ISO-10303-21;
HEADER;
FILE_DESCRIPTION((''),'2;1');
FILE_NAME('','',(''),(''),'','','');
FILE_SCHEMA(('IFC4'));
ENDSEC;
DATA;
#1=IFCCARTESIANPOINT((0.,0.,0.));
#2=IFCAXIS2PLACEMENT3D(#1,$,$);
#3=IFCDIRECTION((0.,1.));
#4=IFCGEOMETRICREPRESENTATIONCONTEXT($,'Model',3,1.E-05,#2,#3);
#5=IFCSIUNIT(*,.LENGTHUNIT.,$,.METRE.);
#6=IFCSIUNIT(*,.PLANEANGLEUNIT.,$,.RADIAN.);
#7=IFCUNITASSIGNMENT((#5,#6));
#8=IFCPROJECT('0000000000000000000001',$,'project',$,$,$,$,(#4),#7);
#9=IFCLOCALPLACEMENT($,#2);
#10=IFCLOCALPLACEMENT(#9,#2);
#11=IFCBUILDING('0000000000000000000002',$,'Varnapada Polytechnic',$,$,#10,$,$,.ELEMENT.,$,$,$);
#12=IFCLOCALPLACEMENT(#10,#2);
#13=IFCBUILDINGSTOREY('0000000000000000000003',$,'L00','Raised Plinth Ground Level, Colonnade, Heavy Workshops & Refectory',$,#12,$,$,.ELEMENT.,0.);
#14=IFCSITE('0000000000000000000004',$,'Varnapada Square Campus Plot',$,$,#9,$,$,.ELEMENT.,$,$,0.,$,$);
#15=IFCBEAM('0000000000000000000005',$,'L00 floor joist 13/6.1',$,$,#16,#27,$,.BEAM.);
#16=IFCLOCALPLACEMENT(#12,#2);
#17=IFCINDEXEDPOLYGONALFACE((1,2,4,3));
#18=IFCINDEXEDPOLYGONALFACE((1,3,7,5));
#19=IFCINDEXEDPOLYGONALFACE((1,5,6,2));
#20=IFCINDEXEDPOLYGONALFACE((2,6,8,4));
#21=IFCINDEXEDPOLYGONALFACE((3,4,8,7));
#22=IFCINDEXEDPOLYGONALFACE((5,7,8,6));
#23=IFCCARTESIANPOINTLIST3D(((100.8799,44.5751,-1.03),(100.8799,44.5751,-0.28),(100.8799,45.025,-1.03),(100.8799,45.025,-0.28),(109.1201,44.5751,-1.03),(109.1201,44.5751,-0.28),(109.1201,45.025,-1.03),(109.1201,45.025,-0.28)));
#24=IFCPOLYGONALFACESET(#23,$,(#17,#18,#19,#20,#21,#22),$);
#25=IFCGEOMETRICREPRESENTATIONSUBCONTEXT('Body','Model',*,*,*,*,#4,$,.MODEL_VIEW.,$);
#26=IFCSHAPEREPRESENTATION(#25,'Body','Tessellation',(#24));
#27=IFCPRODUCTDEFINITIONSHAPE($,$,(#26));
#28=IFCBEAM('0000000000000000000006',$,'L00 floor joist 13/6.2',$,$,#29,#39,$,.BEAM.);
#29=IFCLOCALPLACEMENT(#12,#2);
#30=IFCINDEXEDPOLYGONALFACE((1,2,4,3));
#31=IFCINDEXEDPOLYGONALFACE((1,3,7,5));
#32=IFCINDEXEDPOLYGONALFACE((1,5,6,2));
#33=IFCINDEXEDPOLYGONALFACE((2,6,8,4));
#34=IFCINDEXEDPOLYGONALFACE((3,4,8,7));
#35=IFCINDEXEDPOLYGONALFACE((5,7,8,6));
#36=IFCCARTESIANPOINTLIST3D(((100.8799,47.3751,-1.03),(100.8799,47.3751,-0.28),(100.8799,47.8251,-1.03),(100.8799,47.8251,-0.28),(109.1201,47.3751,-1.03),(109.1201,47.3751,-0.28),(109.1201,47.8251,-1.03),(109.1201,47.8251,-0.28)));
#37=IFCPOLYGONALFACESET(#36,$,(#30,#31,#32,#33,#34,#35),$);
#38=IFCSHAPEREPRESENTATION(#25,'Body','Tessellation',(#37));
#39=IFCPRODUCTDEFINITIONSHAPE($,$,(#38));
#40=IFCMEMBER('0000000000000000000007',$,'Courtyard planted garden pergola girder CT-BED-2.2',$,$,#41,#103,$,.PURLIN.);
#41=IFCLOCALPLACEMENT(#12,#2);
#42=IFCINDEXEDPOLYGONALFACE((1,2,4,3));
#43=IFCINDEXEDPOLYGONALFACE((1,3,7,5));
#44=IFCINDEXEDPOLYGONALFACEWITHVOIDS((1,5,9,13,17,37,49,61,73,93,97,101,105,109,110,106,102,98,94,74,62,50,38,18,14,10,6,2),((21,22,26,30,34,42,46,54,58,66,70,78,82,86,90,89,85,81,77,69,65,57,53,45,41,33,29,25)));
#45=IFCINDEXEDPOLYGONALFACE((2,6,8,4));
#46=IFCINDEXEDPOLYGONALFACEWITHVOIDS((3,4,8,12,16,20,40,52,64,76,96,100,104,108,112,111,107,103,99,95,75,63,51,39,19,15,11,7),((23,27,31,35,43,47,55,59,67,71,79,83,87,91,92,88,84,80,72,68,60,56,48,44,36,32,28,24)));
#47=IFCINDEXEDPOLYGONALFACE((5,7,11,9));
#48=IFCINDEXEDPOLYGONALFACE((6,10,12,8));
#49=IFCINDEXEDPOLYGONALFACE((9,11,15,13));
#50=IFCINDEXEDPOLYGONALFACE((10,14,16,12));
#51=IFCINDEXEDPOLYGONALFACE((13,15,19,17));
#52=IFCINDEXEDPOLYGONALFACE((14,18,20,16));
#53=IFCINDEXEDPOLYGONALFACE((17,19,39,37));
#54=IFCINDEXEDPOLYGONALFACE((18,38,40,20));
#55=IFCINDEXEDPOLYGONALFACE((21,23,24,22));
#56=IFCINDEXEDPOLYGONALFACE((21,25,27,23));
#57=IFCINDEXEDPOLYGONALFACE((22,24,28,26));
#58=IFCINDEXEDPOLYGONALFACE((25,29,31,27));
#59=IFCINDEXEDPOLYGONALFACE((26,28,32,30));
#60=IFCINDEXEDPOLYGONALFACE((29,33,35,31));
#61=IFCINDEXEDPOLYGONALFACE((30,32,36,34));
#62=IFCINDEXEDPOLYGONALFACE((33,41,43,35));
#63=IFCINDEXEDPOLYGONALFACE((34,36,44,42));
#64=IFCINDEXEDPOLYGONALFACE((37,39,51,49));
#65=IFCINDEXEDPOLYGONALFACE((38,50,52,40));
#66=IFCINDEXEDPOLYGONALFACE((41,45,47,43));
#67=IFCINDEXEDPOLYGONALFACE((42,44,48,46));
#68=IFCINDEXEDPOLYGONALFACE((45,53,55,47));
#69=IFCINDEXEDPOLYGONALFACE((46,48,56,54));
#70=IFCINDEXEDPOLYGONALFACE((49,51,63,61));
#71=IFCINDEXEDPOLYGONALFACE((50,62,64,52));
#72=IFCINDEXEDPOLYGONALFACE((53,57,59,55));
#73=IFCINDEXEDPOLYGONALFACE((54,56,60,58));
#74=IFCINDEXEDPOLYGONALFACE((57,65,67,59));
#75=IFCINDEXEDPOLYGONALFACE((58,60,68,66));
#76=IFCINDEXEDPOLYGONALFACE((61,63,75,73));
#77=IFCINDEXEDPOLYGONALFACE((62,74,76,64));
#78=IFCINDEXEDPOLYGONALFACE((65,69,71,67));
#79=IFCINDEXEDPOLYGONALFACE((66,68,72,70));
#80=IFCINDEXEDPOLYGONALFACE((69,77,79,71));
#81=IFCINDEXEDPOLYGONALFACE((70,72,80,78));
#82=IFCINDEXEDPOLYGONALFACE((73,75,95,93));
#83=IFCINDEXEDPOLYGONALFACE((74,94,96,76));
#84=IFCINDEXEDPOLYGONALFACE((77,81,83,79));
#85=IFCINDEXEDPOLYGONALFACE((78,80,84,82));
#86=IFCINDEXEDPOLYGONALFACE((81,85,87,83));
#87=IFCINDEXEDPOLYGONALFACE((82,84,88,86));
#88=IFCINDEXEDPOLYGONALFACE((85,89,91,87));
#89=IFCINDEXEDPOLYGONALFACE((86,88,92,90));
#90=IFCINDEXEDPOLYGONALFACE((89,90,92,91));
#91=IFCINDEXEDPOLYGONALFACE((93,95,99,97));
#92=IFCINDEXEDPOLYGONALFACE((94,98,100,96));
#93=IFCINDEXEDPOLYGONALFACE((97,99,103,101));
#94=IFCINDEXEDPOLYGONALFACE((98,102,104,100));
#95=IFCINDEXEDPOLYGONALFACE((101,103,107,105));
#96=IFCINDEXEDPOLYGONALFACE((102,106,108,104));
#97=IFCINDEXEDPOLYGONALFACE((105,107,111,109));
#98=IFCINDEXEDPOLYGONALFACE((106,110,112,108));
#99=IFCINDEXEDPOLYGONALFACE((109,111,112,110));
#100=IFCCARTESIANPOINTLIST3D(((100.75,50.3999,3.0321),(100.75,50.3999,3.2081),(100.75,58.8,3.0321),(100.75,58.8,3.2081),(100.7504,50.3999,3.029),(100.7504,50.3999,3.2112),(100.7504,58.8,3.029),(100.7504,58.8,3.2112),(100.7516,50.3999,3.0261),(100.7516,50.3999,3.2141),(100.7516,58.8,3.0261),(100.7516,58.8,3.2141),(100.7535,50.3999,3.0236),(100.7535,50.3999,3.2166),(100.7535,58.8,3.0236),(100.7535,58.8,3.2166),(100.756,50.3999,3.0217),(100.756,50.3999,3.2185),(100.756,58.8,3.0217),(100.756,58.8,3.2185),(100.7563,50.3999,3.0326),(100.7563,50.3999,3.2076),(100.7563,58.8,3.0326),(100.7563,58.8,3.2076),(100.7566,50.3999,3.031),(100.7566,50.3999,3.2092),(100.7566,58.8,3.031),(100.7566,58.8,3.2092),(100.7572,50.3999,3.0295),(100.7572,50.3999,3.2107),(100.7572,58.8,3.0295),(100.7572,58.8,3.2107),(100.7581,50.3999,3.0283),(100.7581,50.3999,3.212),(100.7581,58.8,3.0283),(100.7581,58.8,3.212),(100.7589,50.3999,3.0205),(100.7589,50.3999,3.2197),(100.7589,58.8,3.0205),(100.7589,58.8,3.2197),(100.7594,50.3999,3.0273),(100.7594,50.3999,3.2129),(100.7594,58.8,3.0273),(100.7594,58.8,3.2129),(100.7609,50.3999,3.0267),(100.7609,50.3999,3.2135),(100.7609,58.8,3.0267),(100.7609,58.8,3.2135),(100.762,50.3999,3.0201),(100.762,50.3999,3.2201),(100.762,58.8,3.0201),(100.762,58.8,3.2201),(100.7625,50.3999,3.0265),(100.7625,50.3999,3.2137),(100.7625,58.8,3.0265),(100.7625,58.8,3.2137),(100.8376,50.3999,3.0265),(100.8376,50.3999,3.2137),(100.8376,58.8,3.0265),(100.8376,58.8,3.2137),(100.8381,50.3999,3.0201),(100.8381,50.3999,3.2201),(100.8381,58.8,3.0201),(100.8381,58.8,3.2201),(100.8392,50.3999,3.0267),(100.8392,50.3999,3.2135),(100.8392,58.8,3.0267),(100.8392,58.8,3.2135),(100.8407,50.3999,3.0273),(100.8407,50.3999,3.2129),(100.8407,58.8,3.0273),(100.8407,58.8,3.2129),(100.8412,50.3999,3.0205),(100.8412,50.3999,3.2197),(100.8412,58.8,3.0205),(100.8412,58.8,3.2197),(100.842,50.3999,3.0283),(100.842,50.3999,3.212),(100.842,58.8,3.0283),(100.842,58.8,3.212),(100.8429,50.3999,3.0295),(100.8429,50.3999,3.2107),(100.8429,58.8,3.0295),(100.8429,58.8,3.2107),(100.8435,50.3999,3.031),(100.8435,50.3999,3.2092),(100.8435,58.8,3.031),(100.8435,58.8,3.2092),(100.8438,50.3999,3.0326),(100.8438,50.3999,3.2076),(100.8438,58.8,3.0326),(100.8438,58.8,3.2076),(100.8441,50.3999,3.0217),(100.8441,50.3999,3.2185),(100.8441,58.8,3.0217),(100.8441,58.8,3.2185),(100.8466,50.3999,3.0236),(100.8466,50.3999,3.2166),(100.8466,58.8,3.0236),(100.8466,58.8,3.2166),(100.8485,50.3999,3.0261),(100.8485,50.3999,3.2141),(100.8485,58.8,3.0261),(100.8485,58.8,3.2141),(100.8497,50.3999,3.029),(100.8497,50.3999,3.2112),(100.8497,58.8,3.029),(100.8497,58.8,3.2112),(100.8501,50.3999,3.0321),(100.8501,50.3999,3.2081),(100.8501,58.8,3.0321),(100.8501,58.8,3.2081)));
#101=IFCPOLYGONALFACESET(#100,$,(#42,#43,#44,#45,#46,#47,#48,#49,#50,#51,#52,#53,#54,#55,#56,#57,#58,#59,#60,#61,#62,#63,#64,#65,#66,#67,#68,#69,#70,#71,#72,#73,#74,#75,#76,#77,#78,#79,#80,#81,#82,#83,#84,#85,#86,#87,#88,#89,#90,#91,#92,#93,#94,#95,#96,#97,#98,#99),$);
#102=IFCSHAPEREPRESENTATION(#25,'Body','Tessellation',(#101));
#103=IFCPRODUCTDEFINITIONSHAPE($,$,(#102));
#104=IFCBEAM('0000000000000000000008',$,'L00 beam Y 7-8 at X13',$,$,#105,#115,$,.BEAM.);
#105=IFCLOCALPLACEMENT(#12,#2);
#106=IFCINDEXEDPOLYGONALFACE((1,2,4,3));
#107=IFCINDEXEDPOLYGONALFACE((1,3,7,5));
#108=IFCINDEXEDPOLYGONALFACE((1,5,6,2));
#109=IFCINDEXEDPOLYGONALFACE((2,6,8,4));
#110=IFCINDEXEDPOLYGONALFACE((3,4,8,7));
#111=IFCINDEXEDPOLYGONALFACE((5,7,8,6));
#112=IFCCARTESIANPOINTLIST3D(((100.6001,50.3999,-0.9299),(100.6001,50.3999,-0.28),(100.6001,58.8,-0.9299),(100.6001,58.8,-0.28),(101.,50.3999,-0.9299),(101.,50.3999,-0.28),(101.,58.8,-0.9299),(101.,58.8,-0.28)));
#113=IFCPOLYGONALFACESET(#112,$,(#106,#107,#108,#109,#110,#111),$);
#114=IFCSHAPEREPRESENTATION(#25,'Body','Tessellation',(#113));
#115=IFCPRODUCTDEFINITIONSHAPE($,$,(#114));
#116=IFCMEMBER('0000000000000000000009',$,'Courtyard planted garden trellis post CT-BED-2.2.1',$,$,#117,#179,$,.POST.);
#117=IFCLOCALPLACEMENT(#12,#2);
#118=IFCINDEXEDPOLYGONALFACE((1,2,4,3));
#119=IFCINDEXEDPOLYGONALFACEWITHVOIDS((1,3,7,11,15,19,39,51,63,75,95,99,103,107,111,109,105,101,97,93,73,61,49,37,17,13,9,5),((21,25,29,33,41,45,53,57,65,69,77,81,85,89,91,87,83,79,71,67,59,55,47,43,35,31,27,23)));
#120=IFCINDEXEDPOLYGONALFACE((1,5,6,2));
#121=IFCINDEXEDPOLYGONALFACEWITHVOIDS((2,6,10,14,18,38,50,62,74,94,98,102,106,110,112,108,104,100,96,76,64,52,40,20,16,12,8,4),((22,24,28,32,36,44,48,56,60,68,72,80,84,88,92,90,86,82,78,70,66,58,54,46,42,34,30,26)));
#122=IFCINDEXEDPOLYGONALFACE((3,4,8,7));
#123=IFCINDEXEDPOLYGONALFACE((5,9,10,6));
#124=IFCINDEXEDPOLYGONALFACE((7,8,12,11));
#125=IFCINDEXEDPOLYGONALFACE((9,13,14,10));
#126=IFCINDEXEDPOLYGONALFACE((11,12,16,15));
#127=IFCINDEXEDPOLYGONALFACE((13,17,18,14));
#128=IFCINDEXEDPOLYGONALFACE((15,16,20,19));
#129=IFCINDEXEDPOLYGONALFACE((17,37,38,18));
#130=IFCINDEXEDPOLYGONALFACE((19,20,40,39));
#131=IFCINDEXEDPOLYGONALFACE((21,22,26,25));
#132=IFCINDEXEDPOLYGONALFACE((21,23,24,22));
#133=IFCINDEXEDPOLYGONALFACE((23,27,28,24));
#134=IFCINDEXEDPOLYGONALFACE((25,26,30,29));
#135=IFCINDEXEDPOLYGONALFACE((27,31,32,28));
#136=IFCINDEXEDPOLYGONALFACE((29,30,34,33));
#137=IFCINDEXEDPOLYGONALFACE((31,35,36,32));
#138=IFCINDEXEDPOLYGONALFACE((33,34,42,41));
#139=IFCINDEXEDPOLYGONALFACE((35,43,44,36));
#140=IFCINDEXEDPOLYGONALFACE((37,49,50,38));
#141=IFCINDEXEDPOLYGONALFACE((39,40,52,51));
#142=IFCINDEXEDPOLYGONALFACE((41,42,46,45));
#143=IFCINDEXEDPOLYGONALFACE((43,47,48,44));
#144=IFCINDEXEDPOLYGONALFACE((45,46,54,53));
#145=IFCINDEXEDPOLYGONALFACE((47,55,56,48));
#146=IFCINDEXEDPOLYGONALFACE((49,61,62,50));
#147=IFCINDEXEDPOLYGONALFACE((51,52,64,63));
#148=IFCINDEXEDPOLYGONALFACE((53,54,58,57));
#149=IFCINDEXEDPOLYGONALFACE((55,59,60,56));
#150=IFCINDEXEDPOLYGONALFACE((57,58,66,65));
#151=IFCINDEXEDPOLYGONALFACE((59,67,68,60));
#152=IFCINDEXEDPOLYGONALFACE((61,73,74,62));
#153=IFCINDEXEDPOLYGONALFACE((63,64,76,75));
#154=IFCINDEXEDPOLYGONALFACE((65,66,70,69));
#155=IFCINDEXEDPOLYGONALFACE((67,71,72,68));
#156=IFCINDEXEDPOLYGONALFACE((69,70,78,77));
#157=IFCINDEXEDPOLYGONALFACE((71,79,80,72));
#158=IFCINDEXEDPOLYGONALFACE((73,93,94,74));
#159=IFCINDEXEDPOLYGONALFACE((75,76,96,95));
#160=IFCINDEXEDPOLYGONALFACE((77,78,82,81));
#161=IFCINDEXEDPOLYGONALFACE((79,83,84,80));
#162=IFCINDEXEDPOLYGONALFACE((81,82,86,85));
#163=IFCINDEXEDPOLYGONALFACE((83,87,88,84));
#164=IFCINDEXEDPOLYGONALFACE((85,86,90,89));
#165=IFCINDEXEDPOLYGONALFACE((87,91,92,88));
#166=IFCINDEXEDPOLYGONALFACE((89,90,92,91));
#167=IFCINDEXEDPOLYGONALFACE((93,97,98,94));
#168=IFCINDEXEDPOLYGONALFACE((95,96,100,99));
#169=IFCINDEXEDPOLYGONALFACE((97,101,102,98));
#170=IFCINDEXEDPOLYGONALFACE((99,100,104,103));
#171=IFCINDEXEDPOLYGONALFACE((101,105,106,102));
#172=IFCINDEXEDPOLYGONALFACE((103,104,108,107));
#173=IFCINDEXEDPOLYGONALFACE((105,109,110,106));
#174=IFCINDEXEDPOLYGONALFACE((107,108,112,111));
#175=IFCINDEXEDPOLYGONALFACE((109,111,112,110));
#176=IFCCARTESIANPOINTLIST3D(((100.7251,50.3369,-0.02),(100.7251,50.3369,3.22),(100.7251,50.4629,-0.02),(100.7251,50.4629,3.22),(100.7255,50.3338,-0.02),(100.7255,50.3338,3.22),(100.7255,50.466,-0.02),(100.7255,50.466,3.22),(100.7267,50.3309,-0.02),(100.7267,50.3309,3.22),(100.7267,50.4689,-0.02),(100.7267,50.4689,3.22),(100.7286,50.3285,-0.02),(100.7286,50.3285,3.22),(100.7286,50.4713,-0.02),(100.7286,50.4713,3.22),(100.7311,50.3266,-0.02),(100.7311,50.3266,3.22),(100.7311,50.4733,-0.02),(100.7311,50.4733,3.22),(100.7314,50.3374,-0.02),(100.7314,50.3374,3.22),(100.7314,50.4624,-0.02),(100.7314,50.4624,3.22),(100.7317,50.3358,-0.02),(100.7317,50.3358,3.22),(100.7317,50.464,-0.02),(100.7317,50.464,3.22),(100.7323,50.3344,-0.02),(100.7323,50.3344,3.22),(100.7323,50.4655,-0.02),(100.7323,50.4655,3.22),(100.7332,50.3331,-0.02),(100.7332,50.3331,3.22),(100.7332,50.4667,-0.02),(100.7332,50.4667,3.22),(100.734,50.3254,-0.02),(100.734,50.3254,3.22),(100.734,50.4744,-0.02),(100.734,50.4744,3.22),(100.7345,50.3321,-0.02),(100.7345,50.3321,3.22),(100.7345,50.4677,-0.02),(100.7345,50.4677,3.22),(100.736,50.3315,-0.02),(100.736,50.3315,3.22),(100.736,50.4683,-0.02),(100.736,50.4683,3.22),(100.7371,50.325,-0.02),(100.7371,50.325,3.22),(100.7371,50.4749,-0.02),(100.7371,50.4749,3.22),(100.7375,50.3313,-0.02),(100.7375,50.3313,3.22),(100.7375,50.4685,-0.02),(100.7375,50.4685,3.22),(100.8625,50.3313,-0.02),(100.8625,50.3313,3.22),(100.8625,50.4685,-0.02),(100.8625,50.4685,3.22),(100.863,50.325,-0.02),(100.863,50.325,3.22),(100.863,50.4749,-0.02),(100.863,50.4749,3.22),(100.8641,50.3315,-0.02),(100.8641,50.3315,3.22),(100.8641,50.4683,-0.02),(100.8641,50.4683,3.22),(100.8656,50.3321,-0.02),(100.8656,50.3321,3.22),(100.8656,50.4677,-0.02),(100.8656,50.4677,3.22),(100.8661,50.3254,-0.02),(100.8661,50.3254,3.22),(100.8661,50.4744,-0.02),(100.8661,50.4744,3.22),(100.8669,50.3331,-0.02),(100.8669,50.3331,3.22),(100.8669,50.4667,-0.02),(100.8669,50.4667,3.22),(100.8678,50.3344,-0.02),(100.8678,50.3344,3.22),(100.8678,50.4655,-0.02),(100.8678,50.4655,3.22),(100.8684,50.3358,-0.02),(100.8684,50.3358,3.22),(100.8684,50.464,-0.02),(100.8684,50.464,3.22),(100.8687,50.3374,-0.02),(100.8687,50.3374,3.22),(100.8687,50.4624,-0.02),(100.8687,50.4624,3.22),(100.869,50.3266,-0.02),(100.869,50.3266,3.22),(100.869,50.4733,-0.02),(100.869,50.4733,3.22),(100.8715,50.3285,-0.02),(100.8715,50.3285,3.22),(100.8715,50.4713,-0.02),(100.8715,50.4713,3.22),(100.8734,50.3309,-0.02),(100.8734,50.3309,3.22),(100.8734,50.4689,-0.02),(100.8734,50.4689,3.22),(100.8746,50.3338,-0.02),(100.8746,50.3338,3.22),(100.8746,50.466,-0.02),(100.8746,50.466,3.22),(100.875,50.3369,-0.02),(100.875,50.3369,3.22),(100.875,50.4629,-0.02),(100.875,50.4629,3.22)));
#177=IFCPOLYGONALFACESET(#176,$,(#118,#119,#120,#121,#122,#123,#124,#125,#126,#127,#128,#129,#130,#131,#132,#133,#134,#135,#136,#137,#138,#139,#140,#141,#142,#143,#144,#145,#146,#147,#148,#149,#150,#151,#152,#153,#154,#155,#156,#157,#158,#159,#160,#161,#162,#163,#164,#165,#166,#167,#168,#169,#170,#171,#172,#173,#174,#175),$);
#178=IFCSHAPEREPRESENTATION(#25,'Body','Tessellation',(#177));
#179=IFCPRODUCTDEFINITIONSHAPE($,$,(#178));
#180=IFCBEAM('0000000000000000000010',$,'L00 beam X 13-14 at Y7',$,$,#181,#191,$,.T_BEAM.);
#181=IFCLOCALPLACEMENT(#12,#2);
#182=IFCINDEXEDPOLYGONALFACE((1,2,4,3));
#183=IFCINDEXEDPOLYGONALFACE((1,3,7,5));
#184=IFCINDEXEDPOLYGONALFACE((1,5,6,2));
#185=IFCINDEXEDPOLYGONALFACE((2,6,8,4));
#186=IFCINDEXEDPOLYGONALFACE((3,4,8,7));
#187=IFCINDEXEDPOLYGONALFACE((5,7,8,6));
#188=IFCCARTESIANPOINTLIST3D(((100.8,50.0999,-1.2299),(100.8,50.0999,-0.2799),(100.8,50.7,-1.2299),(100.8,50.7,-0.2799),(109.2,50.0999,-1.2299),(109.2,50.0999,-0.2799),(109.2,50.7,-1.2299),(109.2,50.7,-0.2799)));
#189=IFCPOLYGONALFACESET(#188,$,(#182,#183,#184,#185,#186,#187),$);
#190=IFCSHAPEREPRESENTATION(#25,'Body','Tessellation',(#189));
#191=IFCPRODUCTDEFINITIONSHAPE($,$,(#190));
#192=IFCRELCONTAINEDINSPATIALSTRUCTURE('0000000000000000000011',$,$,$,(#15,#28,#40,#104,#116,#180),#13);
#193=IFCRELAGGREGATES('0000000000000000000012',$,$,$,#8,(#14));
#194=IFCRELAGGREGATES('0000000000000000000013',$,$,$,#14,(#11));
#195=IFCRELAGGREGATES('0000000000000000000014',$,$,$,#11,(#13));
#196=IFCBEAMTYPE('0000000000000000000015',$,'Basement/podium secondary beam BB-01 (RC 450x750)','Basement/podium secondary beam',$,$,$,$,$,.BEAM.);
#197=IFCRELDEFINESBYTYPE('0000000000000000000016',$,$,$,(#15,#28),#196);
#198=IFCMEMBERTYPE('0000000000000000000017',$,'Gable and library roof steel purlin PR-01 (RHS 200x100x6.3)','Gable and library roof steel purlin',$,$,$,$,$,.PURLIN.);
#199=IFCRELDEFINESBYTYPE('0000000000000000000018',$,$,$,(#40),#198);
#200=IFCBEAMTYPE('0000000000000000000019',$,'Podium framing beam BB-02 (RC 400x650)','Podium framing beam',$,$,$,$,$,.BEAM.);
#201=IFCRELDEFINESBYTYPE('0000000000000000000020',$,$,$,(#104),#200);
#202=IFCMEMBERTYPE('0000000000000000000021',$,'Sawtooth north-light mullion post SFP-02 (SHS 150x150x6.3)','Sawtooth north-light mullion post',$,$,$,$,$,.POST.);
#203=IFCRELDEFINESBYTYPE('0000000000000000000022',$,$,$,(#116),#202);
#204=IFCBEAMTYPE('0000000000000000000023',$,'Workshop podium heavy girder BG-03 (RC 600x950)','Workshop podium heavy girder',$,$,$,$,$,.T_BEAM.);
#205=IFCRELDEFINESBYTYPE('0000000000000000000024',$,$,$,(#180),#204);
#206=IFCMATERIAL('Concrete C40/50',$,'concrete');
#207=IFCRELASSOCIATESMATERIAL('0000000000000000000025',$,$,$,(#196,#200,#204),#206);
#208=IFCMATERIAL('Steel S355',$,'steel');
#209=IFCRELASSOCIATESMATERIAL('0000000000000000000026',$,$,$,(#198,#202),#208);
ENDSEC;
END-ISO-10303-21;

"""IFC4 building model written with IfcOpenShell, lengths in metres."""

from ifc_helpers import new_model, si_unit, direction, frame, origin, origin_2d, place, context, subcontext, project, spatial, rectangle, hollow_rectangle, extrude, material, material_profile, profile_set, type_object, element, save


model = new_model("IFC4")

# Units and contexts
model_context = context("Model", 3, precision=1e-05, world=origin(), true_north=direction((0.0, 1.0)))
body_context = subcontext(model_context, "Body", "Model", "MODEL_VIEW")
ifc_project = project(units=[si_unit("LENGTHUNIT", "METRE"), si_unit("PLANEANGLEUNIT", "RADIAN")], contexts=[model_context])

# Site, building, storey
site_placement = place(None, origin())
site = spatial("IfcSite", under=ifc_project, at=site_placement, Name="Varnapada Square Campus Plot", CompositionType="ELEMENT", RefElevation=0.0)
building_placement = place(site_placement, origin())
building = spatial("IfcBuilding", under=site, at=building_placement, Name="Varnapada Polytechnic", CompositionType="ELEMENT")
storey_placement = place(building_placement, origin())
storey = spatial("IfcBuildingStorey", under=building, at=storey_placement, Name="L00", Description="Raised Plinth Ground Level, Colonnade, Heavy Workshops & Refectory", CompositionType="ELEMENT", Elevation=0.0)

# Beams
ifc_material_1 = material(Name="Concrete C40/50", Category="concrete")
ifc_material_profile_1 = material_profile(ifc_material_1, rectangle(XDim=0.45, YDim=0.75, at=origin_2d()), Name="RC 450x750")
ifc_profile_set_1 = profile_set([ifc_material_profile_1], Name="Concrete C40/50")
beam_type_1 = type_object("IfcBeamType", Name="Basement/podium secondary beam BB-01 (RC 450x750)", Description="Basement/podium secondary beam", PredefinedType="BEAM", material=ifc_profile_set_1)
for number, where, z_axis, x_axis, name in (
    (1, (100.8799, 44.8, -0.655), (1.0, 0.0, 0.0), (0.0, 1.0, 0.0), "L00 floor joist 13/6.1"),
    (2, (100.8799, 47.6001, -0.655), (1.0, 0.0, 0.0), (0.0, 1.0, 0.0), "L00 floor joist 13/6.2"),
):
    element("IfcBeam", number, at=place(storey_placement, frame(where, z_axis=z_axis, x_axis=x_axis)), inside=storey, type_object=beam_type_1, Name=name, PredefinedType="BEAM", context=body_context, shape_type="SweptSolid", body=[
        extrude(rectangle(XDim=0.45, YDim=0.75, at=origin_2d()), origin(), (0.0, 0.0, 1.0), 8.2402),
    ])

# Member
ifc_material_2 = material(Name="Steel S355", Category="steel")
ifc_material_profile_2 = material_profile(ifc_material_2, hollow_rectangle(XDim=0.1001, YDim=0.2, WallThickness=0.0063, InnerFilletRadius=0.0061, OuterFilletRadius=0.012, at=origin_2d()), Name="RHS 200x100x6.3")
ifc_profile_set_2 = profile_set([ifc_material_profile_2], Name="Steel S355")
member_type_1 = type_object("IfcMemberType", Name="Gable and library roof steel purlin PR-01 (RHS 200x100x6.3)", Description="Gable and library roof steel purlin", PredefinedType="PURLIN", material=ifc_profile_set_2)
member_1_placement = place(storey_placement, frame((100.8, 50.3999, 3.1201), z_axis=(0.0, 1.0, 0.0), x_axis=(-1.0, 0.0, 0.0)))
element("IfcMember", 3, at=member_1_placement, inside=storey, type_object=member_type_1, Name="Courtyard planted garden pergola girder CT-BED-2.2", PredefinedType="PURLIN", context=body_context, shape_type="SweptSolid", body=[
    extrude(hollow_rectangle(XDim=0.1001, YDim=0.2, WallThickness=0.0063, InnerFilletRadius=0.0061, OuterFilletRadius=0.012, at=origin_2d()), origin(), (0.0, 0.0, 1.0), 8.4001),
])

# Beam
ifc_material_profile_3 = material_profile(ifc_material_1, rectangle(XDim=0.3999, YDim=0.6499, at=origin_2d()), Name="RC 400x650")
ifc_profile_set_3 = profile_set([ifc_material_profile_3], Name="Concrete C40/50")
beam_type_2 = type_object("IfcBeamType", Name="Podium framing beam BB-02 (RC 400x650)", Description="Podium framing beam", PredefinedType="BEAM", material=ifc_profile_set_3)
beam_1_placement = place(storey_placement, frame((100.8, 50.3999, -0.605), z_axis=(0.0, 1.0, 0.0), x_axis=(-1.0, 0.0, 0.0)))
element("IfcBeam", 4, at=beam_1_placement, inside=storey, type_object=beam_type_2, Name="L00 beam Y 7-8 at X13", PredefinedType="BEAM", context=body_context, shape_type="SweptSolid", body=[
    extrude(rectangle(XDim=0.3999, YDim=0.6499, at=origin_2d()), origin(), (0.0, 0.0, 1.0), 8.4001),
])

# Member
ifc_material_profile_4 = material_profile(ifc_material_2, hollow_rectangle(XDim=0.1499, YDim=0.1499, WallThickness=0.0063, InnerFilletRadius=0.0061, OuterFilletRadius=0.012, at=origin_2d()), Name="SHS 150x150x6.3")
ifc_profile_set_4 = profile_set([ifc_material_profile_4], Name="Steel S355")
member_type_2 = type_object("IfcMemberType", Name="Sawtooth north-light mullion post SFP-02 (SHS 150x150x6.3)", Description="Sawtooth north-light mullion post", PredefinedType="POST", material=ifc_profile_set_4)
member_2_placement = place(storey_placement, frame((100.8, 50.3999, -0.02), z_axis=(0.0, 0.0, 1.0), x_axis=(1.0, 0.0, 0.0)))
element("IfcMember", 5, at=member_2_placement, inside=storey, type_object=member_type_2, Name="Courtyard planted garden trellis post CT-BED-2.2.1", PredefinedType="POST", context=body_context, shape_type="SweptSolid", body=[
    extrude(hollow_rectangle(XDim=0.1499, YDim=0.1499, WallThickness=0.0063, InnerFilletRadius=0.0061, OuterFilletRadius=0.012, at=origin_2d()), origin(), (0.0, 0.0, 1.0), 3.24),
])

# Beam
ifc_material_profile_5 = material_profile(ifc_material_1, rectangle(XDim=0.6001, YDim=0.95, at=origin_2d()), Name="RC 600x950")
ifc_profile_set_5 = profile_set([ifc_material_profile_5], Name="Concrete C40/50")
beam_type_3 = type_object("IfcBeamType", Name="Workshop podium heavy girder BG-03 (RC 600x950)", Description="Workshop podium heavy girder", PredefinedType="T_BEAM", material=ifc_profile_set_5)
beam_2_placement = place(storey_placement, frame((100.8, 50.3999, -0.7549), z_axis=(1.0, 0.0, 0.0), x_axis=(0.0, 1.0, 0.0)))
element("IfcBeam", 6, at=beam_2_placement, inside=storey, type_object=beam_type_3, Name="L00 beam X 13-14 at Y7", PredefinedType="T_BEAM", context=body_context, shape_type="SweptSolid", body=[
    extrude(rectangle(XDim=0.6001, YDim=0.95, at=origin_2d()), origin(), (0.0, 0.0, 1.0), 8.3999),
])

save(model, "model.ifc")
